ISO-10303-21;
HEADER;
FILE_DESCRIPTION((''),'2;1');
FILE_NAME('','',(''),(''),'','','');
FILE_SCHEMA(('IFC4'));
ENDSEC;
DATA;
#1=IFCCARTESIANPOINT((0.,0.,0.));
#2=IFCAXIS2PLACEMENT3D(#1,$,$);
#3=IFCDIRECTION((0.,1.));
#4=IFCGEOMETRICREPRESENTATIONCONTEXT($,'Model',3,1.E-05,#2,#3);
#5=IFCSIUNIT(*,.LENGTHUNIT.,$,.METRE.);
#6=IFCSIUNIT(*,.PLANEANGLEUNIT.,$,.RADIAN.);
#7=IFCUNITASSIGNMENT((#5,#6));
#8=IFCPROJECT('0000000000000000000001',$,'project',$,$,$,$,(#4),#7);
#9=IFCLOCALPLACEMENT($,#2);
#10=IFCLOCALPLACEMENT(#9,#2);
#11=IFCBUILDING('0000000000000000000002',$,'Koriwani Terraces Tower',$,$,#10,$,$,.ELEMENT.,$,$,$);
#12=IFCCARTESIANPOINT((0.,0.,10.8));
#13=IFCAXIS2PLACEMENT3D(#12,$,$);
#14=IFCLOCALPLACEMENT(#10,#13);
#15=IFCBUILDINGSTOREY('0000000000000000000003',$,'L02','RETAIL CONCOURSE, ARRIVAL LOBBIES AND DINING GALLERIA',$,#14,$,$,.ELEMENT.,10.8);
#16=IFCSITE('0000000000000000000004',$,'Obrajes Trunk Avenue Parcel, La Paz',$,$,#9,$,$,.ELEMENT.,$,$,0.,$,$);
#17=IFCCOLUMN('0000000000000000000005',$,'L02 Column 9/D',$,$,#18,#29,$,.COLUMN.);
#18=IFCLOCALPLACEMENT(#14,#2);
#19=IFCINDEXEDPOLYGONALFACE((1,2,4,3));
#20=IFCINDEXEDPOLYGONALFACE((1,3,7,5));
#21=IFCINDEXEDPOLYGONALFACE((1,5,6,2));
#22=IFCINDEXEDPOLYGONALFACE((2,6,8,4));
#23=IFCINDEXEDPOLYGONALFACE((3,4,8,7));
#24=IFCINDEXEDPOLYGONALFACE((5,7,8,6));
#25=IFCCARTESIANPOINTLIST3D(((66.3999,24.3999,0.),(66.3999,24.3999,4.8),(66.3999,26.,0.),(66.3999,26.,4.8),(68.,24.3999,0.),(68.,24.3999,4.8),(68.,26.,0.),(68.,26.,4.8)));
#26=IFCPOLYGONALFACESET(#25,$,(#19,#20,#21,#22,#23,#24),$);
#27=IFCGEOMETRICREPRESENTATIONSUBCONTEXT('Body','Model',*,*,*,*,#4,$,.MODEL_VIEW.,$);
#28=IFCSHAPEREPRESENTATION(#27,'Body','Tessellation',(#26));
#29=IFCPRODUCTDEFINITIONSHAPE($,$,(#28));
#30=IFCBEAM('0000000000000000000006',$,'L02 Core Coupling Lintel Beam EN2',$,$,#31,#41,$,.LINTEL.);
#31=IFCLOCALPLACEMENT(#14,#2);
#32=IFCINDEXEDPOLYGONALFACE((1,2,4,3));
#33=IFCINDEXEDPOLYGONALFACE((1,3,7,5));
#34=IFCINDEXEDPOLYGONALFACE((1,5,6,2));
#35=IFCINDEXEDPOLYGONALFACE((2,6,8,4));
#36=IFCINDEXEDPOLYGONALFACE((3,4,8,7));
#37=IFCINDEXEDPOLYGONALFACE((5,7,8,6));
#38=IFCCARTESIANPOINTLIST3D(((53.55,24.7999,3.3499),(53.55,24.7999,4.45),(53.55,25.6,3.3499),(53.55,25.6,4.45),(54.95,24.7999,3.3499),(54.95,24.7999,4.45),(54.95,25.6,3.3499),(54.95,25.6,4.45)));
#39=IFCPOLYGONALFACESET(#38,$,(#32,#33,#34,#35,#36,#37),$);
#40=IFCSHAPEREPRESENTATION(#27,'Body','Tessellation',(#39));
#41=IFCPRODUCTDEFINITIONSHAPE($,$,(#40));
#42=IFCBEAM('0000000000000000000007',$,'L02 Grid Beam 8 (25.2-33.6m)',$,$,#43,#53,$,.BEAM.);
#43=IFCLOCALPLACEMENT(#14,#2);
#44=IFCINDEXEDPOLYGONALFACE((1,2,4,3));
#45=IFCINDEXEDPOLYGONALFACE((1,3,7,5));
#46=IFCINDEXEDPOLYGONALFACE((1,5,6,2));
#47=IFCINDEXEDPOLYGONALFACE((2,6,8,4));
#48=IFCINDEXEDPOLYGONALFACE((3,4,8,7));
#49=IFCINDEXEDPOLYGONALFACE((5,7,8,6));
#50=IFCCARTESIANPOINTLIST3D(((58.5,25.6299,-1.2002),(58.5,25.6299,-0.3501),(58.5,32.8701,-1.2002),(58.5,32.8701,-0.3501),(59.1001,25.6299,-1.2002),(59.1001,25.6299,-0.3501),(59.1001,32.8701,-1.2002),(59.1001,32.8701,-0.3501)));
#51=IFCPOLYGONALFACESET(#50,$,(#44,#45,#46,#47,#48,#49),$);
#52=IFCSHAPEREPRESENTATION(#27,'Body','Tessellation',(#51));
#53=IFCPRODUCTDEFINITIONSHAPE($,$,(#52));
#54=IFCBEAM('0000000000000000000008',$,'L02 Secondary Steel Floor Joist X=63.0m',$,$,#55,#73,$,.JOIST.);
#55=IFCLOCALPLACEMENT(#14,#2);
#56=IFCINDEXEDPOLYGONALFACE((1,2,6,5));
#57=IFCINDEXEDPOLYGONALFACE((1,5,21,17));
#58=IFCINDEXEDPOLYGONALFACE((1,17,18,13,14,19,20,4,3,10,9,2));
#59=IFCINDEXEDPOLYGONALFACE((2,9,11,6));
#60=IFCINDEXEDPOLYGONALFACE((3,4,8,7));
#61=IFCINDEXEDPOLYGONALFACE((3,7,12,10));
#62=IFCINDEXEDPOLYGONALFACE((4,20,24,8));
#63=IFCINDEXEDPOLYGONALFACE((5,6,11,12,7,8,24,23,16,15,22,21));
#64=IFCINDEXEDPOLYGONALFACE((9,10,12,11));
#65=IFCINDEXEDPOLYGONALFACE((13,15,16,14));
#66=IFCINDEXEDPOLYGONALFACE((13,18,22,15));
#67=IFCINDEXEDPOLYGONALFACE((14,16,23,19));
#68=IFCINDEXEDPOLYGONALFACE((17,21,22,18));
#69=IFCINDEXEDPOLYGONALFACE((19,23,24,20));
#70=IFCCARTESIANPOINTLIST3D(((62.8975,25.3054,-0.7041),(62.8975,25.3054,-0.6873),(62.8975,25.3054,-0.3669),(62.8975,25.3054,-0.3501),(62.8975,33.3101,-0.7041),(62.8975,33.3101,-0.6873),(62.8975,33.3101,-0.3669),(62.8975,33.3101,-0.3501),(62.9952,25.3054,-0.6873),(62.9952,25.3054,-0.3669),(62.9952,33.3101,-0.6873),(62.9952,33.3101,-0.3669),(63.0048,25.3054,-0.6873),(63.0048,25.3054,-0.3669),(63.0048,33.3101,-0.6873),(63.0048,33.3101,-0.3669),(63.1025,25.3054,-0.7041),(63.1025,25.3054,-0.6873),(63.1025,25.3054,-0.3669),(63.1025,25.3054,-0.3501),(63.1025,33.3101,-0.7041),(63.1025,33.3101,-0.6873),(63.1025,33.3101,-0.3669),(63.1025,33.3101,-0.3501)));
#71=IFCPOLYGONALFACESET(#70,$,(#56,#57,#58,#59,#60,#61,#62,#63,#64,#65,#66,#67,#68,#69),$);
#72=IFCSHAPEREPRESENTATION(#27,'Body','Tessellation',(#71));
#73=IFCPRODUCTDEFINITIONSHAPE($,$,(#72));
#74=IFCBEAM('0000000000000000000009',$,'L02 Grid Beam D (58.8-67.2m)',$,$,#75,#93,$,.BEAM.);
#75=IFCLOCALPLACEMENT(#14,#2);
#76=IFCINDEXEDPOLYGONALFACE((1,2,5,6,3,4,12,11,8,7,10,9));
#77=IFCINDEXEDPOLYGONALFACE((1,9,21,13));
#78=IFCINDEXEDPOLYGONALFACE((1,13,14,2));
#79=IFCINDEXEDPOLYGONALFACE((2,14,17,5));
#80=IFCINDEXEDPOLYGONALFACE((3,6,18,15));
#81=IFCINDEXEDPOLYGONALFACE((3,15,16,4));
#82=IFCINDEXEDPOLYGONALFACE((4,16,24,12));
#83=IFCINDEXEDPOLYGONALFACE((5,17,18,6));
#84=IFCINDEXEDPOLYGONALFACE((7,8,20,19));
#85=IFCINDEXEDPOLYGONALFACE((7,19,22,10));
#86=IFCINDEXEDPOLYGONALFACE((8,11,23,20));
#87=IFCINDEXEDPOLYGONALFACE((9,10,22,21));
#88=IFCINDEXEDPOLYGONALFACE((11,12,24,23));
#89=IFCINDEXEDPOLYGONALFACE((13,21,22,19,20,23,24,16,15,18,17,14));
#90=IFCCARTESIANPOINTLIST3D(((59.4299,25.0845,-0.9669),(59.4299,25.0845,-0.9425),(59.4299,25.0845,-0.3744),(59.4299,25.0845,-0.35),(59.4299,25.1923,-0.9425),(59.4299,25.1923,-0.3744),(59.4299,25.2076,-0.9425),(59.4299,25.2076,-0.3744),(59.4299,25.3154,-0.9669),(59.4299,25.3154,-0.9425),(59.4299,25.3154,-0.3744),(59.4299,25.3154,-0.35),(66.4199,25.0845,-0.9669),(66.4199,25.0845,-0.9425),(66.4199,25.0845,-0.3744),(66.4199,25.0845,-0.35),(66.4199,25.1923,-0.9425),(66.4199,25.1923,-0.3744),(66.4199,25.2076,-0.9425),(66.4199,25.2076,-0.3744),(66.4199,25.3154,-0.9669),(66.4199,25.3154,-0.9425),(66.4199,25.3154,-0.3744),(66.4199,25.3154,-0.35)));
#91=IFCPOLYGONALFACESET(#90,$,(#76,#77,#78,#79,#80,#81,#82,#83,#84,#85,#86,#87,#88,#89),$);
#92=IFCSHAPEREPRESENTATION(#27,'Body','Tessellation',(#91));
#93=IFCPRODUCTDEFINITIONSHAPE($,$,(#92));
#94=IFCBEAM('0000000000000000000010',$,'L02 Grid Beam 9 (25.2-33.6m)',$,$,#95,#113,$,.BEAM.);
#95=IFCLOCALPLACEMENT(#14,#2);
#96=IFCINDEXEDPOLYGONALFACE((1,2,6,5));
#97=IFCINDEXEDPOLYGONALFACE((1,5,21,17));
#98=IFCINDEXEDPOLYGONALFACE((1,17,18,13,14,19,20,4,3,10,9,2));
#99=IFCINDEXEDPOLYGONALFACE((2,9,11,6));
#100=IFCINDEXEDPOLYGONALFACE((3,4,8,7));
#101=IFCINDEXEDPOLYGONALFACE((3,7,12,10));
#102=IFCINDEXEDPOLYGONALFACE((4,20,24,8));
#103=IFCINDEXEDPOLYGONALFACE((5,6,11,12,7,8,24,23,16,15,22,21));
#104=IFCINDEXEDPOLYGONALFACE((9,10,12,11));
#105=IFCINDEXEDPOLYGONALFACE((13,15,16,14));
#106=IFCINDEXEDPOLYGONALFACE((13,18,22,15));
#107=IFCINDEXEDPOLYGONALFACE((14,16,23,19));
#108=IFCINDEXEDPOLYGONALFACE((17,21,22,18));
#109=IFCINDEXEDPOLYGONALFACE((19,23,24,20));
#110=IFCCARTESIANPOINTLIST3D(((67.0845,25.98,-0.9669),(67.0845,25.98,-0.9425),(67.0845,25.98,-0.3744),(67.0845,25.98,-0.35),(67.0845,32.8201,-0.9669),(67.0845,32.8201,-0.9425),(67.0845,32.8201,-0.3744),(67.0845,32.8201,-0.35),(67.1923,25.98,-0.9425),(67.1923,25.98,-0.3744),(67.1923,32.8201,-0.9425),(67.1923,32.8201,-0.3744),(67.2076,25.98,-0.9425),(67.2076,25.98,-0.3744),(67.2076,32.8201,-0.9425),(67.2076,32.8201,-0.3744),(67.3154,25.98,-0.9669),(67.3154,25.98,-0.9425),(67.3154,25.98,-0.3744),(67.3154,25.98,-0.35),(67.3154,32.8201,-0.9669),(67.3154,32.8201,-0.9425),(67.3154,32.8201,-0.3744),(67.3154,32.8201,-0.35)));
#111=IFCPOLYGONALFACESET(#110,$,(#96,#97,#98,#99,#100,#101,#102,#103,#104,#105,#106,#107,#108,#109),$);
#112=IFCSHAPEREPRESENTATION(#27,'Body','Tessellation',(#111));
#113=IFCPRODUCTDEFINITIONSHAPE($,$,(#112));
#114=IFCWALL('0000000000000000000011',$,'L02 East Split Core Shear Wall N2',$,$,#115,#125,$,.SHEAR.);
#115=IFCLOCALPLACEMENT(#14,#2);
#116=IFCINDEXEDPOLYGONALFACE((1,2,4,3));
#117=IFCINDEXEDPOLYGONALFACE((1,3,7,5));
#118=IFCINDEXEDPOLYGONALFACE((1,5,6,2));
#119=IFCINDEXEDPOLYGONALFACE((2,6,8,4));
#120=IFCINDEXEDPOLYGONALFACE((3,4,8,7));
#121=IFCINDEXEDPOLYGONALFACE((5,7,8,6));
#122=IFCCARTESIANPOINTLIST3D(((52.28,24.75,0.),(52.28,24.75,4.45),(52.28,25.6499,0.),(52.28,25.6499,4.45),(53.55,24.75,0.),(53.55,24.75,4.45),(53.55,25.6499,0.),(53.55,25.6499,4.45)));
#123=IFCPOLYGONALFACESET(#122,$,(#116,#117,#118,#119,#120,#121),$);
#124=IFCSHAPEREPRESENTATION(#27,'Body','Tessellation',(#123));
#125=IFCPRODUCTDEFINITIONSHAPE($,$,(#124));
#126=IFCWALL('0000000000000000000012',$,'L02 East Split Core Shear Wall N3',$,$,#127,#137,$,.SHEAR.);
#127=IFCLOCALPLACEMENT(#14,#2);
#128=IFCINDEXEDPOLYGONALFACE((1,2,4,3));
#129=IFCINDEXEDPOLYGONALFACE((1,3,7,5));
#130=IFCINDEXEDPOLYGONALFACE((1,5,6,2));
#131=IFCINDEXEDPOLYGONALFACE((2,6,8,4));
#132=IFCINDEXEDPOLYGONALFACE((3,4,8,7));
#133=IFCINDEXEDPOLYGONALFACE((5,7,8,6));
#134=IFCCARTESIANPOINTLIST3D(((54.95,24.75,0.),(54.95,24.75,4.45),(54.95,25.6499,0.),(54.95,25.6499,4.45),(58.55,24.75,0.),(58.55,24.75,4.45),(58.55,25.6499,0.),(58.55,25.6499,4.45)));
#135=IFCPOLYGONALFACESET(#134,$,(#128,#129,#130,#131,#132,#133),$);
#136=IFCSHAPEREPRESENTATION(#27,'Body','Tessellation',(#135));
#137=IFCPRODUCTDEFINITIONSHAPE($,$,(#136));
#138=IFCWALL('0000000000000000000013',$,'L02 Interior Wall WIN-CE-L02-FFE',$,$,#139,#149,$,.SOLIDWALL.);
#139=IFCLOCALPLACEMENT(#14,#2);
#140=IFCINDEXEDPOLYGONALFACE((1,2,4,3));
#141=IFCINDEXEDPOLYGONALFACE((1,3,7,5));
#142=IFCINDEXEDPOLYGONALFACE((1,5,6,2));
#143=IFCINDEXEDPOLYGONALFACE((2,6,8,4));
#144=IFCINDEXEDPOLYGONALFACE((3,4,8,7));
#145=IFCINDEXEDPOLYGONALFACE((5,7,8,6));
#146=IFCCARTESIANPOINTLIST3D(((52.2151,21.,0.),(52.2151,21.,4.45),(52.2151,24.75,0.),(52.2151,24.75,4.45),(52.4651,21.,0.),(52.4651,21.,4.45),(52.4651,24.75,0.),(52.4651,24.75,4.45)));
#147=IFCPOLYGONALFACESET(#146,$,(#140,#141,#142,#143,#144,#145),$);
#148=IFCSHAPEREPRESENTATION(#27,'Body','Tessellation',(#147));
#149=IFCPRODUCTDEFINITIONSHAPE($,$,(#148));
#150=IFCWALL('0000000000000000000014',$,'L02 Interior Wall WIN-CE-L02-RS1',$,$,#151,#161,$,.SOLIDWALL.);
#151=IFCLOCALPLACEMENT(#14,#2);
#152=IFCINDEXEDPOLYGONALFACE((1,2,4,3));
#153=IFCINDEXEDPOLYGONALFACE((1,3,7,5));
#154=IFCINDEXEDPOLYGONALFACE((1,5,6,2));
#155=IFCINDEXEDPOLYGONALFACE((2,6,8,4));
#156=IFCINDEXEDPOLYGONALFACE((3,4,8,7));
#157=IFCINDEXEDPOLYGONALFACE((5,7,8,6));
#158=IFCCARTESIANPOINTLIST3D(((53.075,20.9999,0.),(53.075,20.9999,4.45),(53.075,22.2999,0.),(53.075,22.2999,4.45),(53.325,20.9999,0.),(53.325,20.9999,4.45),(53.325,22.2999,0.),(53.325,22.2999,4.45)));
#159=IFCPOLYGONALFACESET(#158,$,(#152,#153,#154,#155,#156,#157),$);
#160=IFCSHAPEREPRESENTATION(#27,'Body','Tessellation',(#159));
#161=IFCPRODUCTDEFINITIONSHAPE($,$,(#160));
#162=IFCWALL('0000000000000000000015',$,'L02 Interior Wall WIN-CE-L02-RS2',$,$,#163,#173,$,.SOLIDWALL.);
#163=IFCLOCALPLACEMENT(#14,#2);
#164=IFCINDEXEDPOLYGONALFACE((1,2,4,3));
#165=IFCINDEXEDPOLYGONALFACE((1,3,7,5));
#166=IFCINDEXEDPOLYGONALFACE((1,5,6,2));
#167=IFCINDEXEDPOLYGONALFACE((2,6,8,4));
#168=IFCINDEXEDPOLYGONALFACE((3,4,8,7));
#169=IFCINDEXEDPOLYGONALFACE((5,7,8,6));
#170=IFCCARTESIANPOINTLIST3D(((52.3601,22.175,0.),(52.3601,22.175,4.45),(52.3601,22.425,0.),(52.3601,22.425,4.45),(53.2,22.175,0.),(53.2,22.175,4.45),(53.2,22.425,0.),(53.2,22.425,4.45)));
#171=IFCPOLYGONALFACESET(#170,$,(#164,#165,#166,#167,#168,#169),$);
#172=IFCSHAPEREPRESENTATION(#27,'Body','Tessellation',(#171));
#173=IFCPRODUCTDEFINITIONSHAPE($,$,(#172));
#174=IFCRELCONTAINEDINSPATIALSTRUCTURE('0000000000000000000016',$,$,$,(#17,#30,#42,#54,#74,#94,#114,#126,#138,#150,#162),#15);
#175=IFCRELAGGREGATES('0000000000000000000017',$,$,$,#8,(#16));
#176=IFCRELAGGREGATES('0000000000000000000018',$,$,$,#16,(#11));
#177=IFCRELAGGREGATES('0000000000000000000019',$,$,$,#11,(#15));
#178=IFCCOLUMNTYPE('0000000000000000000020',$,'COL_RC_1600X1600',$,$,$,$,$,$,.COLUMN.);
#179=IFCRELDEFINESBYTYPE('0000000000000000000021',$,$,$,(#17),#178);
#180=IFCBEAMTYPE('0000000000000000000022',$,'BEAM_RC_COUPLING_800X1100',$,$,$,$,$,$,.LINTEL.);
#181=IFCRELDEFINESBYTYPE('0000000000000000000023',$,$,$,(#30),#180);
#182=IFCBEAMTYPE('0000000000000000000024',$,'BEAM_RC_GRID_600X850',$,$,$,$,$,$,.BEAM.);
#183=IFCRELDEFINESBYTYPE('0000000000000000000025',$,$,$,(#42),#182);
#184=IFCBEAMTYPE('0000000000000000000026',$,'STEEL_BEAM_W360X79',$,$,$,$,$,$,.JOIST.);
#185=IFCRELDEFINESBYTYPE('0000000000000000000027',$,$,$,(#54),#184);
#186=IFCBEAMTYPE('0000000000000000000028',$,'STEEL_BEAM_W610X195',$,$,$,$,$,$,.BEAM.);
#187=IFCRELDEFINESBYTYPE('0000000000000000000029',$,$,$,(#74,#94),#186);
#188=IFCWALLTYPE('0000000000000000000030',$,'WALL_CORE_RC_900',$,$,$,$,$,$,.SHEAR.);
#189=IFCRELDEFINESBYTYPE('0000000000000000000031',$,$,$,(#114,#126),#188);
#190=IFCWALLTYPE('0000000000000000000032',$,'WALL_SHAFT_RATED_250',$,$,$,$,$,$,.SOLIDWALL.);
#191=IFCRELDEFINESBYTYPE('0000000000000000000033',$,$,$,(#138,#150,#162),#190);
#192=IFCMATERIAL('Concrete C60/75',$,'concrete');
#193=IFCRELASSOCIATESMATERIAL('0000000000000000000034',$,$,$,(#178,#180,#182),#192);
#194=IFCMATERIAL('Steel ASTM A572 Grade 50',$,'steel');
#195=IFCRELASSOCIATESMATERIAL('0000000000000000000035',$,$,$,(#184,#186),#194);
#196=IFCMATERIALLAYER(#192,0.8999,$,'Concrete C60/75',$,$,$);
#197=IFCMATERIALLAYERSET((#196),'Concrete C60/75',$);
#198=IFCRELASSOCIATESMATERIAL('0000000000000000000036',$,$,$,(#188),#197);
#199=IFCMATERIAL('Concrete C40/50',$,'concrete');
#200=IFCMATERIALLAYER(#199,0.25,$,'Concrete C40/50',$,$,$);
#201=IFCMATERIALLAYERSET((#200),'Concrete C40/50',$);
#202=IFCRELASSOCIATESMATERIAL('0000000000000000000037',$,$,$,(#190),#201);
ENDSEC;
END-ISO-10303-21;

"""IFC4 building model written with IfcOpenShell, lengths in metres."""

from ifc_helpers import new_model, si_unit, direction, frame, frame_2d, origin, origin_2d, place, context, subcontext, project, spatial, rectangle, i_section, extrude, material, layer, layer_set, material_profile, profile_set, type_object, element, save


model = new_model("IFC4")

# Units and contexts
model_context = context("Model", 3, precision=1e-05, world=origin(), true_north=direction((0.0, 1.0)))
body_context = subcontext(model_context, "Body", "Model", "MODEL_VIEW")
ifc_project = project(units=[si_unit("LENGTHUNIT", "METRE"), si_unit("PLANEANGLEUNIT", "RADIAN")], contexts=[model_context])

# Site, building, storey
site_placement = place(None, origin())
site = spatial("IfcSite", under=ifc_project, at=site_placement, Name="Obrajes Trunk Avenue Parcel, La Paz", CompositionType="ELEMENT", RefElevation=0.0)
building_placement = place(site_placement, origin())
building = spatial("IfcBuilding", under=site, at=building_placement, Name="Koriwani Terraces Tower", CompositionType="ELEMENT")
storey_placement = place(building_placement, frame((0.0, 0.0, 10.8)))
storey = spatial("IfcBuildingStorey", under=building, at=storey_placement, Name="L02", Description="RETAIL CONCOURSE, ARRIVAL LOBBIES AND DINING GALLERIA", CompositionType="ELEMENT", Elevation=10.8)

# Column
ifc_material_1 = material(Name="Concrete C60/75", Category="concrete")
ifc_material_profile_1 = material_profile(ifc_material_1, rectangle(XDim=1.6001, YDim=1.6001, at=origin_2d()), Name="Concrete C60/75", Category="LoadBearing")
ifc_profile_set_1 = profile_set([ifc_material_profile_1], Name="Concrete C60/75")
column_type = type_object("IfcColumnType", Name="COL_RC_1600X1600", PredefinedType="COLUMN", material=ifc_profile_set_1)
column_placement = place(storey_placement, frame((67.2, 25.2, 0.0), z_axis=(0.0, 0.0, 1.0), x_axis=(1.0, 0.0, 0.0)))
element("IfcColumn", 1, at=column_placement, inside=storey, type_object=column_type, Name="L02 Column 9/D", PredefinedType="COLUMN", context=body_context, shape_type="SweptSolid", body=[
    extrude(rectangle(XDim=1.6001, YDim=1.6001, at=origin_2d()), origin(), (0.0, 0.0, 1.0), 4.8),
])

# Beams
ifc_material_profile_2 = material_profile(ifc_material_1, rectangle(XDim=0.8, YDim=1.1001, at=origin_2d()), Name="Concrete C60/75", Category="LoadBearing")
ifc_profile_set_2 = profile_set([ifc_material_profile_2], Name="Concrete C60/75")
beam_type_1 = type_object("IfcBeamType", Name="BEAM_RC_COUPLING_800X1100", PredefinedType="LINTEL", material=ifc_profile_set_2)
beam_1_placement = place(storey_placement, frame((53.55, 25.2, 3.8999), z_axis=(1.0, 0.0, 0.0), x_axis=(0.0, 1.0, 0.0)))
element("IfcBeam", 2, at=beam_1_placement, inside=storey, type_object=beam_type_1, Name="L02 Core Coupling Lintel Beam EN2", PredefinedType="LINTEL", context=body_context, shape_type="SweptSolid", body=[
    extrude(rectangle(XDim=0.8, YDim=1.1001, at=origin_2d()), origin(), (0.0, 0.0, 1.0), 1.3999),
])
ifc_material_profile_3 = material_profile(ifc_material_1, rectangle(XDim=0.6001, YDim=0.8501, at=origin_2d()), Name="Concrete C60/75", Category="LoadBearing")
ifc_profile_set_3 = profile_set([ifc_material_profile_3], Name="Concrete C60/75")
beam_type_2 = type_object("IfcBeamType", Name="BEAM_RC_GRID_600X850", PredefinedType="BEAM", material=ifc_profile_set_3)
beam_2_placement = place(storey_placement, frame((58.8, 25.6299, -0.7751), z_axis=(0.0, 1.0, 0.0), x_axis=(-1.0, 0.0, 0.0)))
element("IfcBeam", 3, at=beam_2_placement, inside=storey, type_object=beam_type_2, Name="L02 Grid Beam 8 (25.2-33.6m)", PredefinedType="BEAM", context=body_context, shape_type="SweptSolid", body=[
    extrude(rectangle(XDim=0.6001, YDim=0.8501, at=origin_2d()), origin(), (0.0, 0.0, 1.0), 7.2402),
])
ifc_material_2 = material(Name="Steel ASTM A572 Grade 50", Category="steel")
ifc_material_profile_4 = material_profile(ifc_material_2, i_section(OverallWidth=0.2051, OverallDepth=0.354, WebThickness=0.0095, FlangeThickness=0.0168, at=origin_2d()), Name="Steel ASTM A572 Grade 50", Category="LoadBearing")
ifc_profile_set_4 = profile_set([ifc_material_profile_4], Name="Steel ASTM A572 Grade 50")
beam_type_3 = type_object("IfcBeamType", Name="STEEL_BEAM_W360X79", PredefinedType="JOIST", material=ifc_profile_set_4)
beam_3_placement = place(storey_placement, frame((63.0, 25.3054, -0.5271), z_axis=(0.0, 1.0, 0.0), x_axis=(-1.0, 0.0, 0.0)))
element("IfcBeam", 4, at=beam_3_placement, inside=storey, type_object=beam_type_3, Name="L02 Secondary Steel Floor Joist X=63.0m", PredefinedType="JOIST", context=body_context, shape_type="SweptSolid", body=[
    extrude(i_section(OverallWidth=0.2051, OverallDepth=0.354, WebThickness=0.0095, FlangeThickness=0.0168, at=origin_2d()), origin(), (0.0, 0.0, 1.0), 8.0046),
])
ifc_material_profile_5 = material_profile(ifc_material_2, i_section(OverallWidth=0.231, OverallDepth=0.6169, WebThickness=0.0154, FlangeThickness=0.0244, at=origin_2d()), Name="Steel ASTM A572 Grade 50", Category="LoadBearing")
ifc_profile_set_5 = profile_set([ifc_material_profile_5], Name="Steel ASTM A572 Grade 50")
beam_type_4 = type_object("IfcBeamType", Name="STEEL_BEAM_W610X195", PredefinedType="BEAM", material=ifc_profile_set_5)
beam_4_placement = place(storey_placement, frame((59.4299, 25.2, -0.6584), z_axis=(1.0, 0.0, 0.0), x_axis=(0.0, 1.0, 0.0)))
element("IfcBeam", 5, at=beam_4_placement, inside=storey, type_object=beam_type_4, Name="L02 Grid Beam D (58.8-67.2m)", PredefinedType="BEAM", context=body_context, shape_type="SweptSolid", body=[
    extrude(i_section(OverallWidth=0.231, OverallDepth=0.6169, WebThickness=0.0154, FlangeThickness=0.0244, at=origin_2d()), origin(), (0.0, 0.0, 1.0), 6.99),
])
beam_5_placement = place(storey_placement, frame((67.2, 25.98, -0.6584), z_axis=(0.0, 1.0, 0.0), x_axis=(-1.0, 0.0, 0.0)))
element("IfcBeam", 6, at=beam_5_placement, inside=storey, type_object=beam_type_4, Name="L02 Grid Beam 9 (25.2-33.6m)", PredefinedType="BEAM", context=body_context, shape_type="SweptSolid", body=[
    extrude(i_section(OverallWidth=0.231, OverallDepth=0.6169, WebThickness=0.0154, FlangeThickness=0.0244, at=origin_2d()), origin(), (0.0, 0.0, 1.0), 6.8401),
])

# Walls
ifc_layer_1 = layer(ifc_material_1, 0.8999, Name="Concrete C60/75")
ifc_layer_set_1 = layer_set([ifc_layer_1], Name="Concrete C60/75")
wall_type_1 = type_object("IfcWallType", Name="WALL_CORE_RC_900", PredefinedType="SHEAR", material=ifc_layer_set_1)
wall_1_placement = place(storey_placement, frame((52.28, 25.2, 0.0), z_axis=(0.0, 0.0, 1.0), x_axis=(1.0, 0.0, 0.0)))
element("IfcWall", 7, at=wall_1_placement, inside=storey, type_object=wall_type_1, Name="L02 East Split Core Shear Wall N2", PredefinedType="SHEAR", context=body_context, shape_type="SweptSolid", body=[
    extrude(rectangle(XDim=1.27, YDim=0.8999, at=frame_2d((0.635, 0.0))), origin(), (0.0, 0.0, 1.0), 4.45),
])
wall_2_placement = place(storey_placement, frame((54.95, 25.2, 0.0), z_axis=(0.0, 0.0, 1.0), x_axis=(1.0, 0.0, 0.0)))
element("IfcWall", 8, at=wall_2_placement, inside=storey, type_object=wall_type_1, Name="L02 East Split Core Shear Wall N3", PredefinedType="SHEAR", context=body_context, shape_type="SweptSolid", body=[
    extrude(rectangle(XDim=3.6001, YDim=0.8999, at=frame_2d((1.8, 0.0))), origin(), (0.0, 0.0, 1.0), 4.45),
])

# Shared definitions
ifc_material_3 = material(Name="Concrete C40/50", Category="concrete")
ifc_layer_2 = layer(ifc_material_3, 0.25, Name="Concrete C40/50")
ifc_layer_set_2 = layer_set([ifc_layer_2], Name="Concrete C40/50")
wall_type_2 = type_object("IfcWallType", Name="WALL_SHAFT_RATED_250", PredefinedType="SOLIDWALL", material=ifc_layer_set_2)

# Wall
wall_3_placement = place(storey_placement, frame((52.3401, 21.0, 0.0), z_axis=(0.0, 0.0, 1.0), x_axis=(0.0, 1.0, 0.0)))
element("IfcWall", 9, at=wall_3_placement, inside=storey, type_object=wall_type_2, Name="L02 Interior Wall WIN-CE-L02-FFE", PredefinedType="SOLIDWALL", context=body_context, shape_type="SweptSolid", body=[
    extrude(rectangle(XDim=3.75, YDim=0.25, at=frame_2d((1.875, 0.0))), origin(), (0.0, 0.0, 1.0), 4.45),
])

# Walls
wall_4_placement = place(storey_placement, frame((53.2, 21.0, 0.0), z_axis=(0.0, 0.0, 1.0), x_axis=(0.0, 1.0, 0.0)))
element("IfcWall", 10, at=wall_4_placement, inside=storey, type_object=wall_type_2, Name="L02 Interior Wall WIN-CE-L02-RS1", PredefinedType="SOLIDWALL", context=body_context, shape_type="SweptSolid", body=[
    extrude(rectangle(XDim=1.3, YDim=0.25, at=frame_2d((0.6499, 0.0))), origin(), (0.0, 0.0, 1.0), 4.45),
])
wall_5_placement = place(storey_placement, frame((52.3601, 22.3, 0.0), z_axis=(0.0, 0.0, 1.0), x_axis=(1.0, 0.0, 0.0)))
element("IfcWall", 11, at=wall_5_placement, inside=storey, type_object=wall_type_2, Name="L02 Interior Wall WIN-CE-L02-RS2", PredefinedType="SOLIDWALL", context=body_context, shape_type="SweptSolid", body=[
    extrude(rectangle(XDim=0.8398, YDim=0.25, at=frame_2d((0.4199, 0.0))), origin(), (0.0, 0.0, 1.0), 4.45),
])

save(model, "model.ifc")
